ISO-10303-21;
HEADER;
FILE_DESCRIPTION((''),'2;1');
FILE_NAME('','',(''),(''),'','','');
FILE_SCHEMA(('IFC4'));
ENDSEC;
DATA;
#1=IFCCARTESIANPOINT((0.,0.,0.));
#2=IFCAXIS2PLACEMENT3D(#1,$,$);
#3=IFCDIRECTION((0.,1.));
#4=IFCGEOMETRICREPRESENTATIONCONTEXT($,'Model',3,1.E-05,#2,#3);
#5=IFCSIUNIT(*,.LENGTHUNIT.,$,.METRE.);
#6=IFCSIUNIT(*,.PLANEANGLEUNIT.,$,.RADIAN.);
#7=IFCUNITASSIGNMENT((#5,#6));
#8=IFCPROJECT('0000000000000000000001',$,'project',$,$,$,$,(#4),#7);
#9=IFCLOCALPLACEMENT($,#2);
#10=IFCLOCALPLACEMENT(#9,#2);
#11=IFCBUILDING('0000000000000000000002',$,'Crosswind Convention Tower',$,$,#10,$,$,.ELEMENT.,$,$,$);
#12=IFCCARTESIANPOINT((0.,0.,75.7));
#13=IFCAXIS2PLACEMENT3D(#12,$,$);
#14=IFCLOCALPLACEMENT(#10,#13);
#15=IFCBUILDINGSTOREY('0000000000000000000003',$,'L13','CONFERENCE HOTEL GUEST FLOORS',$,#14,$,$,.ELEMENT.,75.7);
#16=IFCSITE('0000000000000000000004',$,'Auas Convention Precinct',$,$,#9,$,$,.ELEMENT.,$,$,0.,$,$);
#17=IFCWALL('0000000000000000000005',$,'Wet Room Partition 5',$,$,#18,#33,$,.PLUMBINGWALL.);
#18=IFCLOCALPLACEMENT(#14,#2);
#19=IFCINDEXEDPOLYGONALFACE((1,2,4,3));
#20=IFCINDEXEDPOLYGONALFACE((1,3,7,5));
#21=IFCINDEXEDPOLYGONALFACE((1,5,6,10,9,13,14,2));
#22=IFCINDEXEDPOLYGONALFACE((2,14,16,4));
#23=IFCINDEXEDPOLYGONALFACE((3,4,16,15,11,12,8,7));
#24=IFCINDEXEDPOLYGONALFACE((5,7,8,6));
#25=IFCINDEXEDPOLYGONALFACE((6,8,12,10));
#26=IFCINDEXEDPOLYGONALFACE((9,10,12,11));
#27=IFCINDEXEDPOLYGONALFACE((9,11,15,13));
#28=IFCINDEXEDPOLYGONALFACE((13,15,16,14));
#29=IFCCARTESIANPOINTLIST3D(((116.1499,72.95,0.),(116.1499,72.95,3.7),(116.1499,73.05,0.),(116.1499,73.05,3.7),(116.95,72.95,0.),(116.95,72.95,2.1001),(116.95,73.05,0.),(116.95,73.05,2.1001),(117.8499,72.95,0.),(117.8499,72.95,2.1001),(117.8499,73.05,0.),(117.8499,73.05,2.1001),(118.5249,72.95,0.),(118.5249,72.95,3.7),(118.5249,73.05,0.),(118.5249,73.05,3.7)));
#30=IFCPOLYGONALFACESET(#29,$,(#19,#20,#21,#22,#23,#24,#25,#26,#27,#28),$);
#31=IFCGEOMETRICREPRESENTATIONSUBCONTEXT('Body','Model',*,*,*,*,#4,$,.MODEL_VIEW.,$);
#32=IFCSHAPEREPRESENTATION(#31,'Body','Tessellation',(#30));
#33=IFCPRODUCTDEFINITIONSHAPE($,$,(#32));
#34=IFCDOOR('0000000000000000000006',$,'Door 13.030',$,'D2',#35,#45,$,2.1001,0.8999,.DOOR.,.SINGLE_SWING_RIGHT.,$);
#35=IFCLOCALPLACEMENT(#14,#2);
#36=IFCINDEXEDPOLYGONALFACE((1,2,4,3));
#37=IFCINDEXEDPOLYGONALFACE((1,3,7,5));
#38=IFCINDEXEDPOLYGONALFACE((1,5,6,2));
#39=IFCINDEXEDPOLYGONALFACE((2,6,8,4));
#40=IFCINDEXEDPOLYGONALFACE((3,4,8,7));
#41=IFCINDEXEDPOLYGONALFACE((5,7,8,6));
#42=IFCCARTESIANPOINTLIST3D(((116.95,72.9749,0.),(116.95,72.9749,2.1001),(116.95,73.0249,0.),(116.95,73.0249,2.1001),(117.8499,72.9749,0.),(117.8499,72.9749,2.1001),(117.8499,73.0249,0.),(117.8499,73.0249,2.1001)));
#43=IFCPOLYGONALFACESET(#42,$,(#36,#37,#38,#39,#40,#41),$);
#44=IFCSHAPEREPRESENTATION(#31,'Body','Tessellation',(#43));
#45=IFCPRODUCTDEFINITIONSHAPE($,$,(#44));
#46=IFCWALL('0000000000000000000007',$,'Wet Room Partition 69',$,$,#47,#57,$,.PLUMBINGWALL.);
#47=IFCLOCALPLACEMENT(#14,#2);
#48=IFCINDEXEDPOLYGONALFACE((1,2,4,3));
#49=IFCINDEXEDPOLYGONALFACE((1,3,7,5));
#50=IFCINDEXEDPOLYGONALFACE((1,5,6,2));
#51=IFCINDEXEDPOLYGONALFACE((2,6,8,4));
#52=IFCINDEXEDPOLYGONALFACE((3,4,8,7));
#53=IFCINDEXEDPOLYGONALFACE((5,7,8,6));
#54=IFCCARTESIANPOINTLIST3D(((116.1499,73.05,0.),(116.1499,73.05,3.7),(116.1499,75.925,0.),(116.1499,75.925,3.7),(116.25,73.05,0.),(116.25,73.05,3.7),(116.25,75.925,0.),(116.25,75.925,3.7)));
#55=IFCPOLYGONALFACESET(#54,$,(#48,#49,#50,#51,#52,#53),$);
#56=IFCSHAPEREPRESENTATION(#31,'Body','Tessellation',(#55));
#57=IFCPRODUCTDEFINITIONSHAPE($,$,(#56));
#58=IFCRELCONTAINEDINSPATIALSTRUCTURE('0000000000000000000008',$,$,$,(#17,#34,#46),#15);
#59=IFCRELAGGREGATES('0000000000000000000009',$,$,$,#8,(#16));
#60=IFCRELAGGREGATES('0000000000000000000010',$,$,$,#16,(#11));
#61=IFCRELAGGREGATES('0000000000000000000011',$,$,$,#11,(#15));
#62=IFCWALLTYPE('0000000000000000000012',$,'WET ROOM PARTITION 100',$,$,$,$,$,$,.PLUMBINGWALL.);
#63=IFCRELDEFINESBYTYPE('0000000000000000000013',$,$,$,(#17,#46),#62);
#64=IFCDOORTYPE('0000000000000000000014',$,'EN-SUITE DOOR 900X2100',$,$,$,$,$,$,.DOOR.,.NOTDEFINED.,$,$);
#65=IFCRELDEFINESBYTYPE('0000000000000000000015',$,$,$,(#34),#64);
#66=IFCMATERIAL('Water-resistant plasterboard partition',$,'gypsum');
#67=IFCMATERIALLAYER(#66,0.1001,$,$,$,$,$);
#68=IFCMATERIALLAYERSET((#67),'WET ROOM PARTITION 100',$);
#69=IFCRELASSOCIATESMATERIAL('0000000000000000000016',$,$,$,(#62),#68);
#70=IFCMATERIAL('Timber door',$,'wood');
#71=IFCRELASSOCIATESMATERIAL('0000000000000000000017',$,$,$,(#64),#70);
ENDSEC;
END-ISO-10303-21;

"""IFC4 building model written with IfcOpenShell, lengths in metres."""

from ifc_helpers import new_model, si_unit, direction, frame, frame_2d, origin, place, context, subcontext, project, spatial, rectangle, extrude, material, layer, layer_set, type_object, element, fill, save


model = new_model("IFC4")

# Units and contexts
model_context = context("Model", 3, precision=1e-05, world=origin(), true_north=direction((0.0, 1.0)))
body_context = subcontext(model_context, "Body", "Model", "MODEL_VIEW")
ifc_project = project(units=[si_unit("LENGTHUNIT", "METRE"), si_unit("PLANEANGLEUNIT", "RADIAN")], contexts=[model_context])

# Site, building, storey
site_placement = place(None, origin())
site = spatial("IfcSite", under=ifc_project, at=site_placement, Name="Auas Convention Precinct", CompositionType="ELEMENT", RefElevation=0.0)
building_placement = place(site_placement, origin())
building = spatial("IfcBuilding", under=site, at=building_placement, Name="Crosswind Convention Tower", CompositionType="ELEMENT")
storey_placement = place(building_placement, frame((0.0, 0.0, 75.7)))
storey = spatial("IfcBuildingStorey", under=building, at=storey_placement, Name="L13", Description="CONFERENCE HOTEL GUEST FLOORS", CompositionType="ELEMENT", Elevation=75.7)

# Wall, opening, door
ifc_material_1 = material(Name="Water-resistant plasterboard partition", Category="gypsum")
ifc_layer_1 = layer(ifc_material_1, 0.1001)
ifc_layer_set_1 = layer_set([ifc_layer_1], Name="WET ROOM PARTITION 100")
wall_type_1 = type_object("IfcWallType", Name="WET ROOM PARTITION 100", PredefinedType="PLUMBINGWALL", material=ifc_layer_set_1)
ifc_material_2 = material(Name="Timber door", Category="wood")
door_type_1 = type_object("IfcDoorType", Name="EN-SUITE DOOR 900X2100", OperationType="NOTDEFINED", PredefinedType="DOOR", material=ifc_material_2)
wall_1_placement = place(storey_placement, frame((116.1499, 73.0, 0.0), z_axis=(0.0, 0.0, 1.0), x_axis=(1.0, 0.0, 0.0)))
wall_1 = element("IfcWall", 1, at=wall_1_placement, inside=storey, type_object=wall_type_1, Name="Wet Room Partition 5", PredefinedType="PLUMBINGWALL", context=body_context, shape_type="SweptSolid", body=[
    extrude(rectangle(XDim=2.375, YDim=0.1001, at=frame_2d((1.1875, 0.0))), origin(), (0.0, 0.0, 1.0), 3.7),
])
opening_1_placement = place(wall_1_placement, frame((0.8, 0.0, 0.0)))
opening_1 = element("IfcOpeningElement", 2, at=opening_1_placement, cuts=wall_1, PredefinedType="OPENING", context=body_context, shape_type="SweptSolid", body=[
    extrude(rectangle(XDim=0.8999, YDim=2.1001, at=frame_2d((0.45, 1.05))), frame((0.0, 0.0601, 0.0), z_axis=(0.0, -1.0, 0.0), x_axis=(1.0, 0.0, 0.0)), (0.0, 0.0, 1.0), 0.1201),
])
door_1_placement = place(opening_1_placement, origin())
door_1 = element("IfcDoor", 3, at=door_1_placement, inside=storey, type_object=door_type_1, Name="Door 13.030", ObjectType="D2", OperationType="SINGLE_SWING_RIGHT", OverallHeight=2.1001, OverallWidth=0.8999, PredefinedType="DOOR", context=body_context, shape_type="SweptSolid", body=[
    extrude(rectangle(XDim=0.8999, YDim=2.1001, at=frame_2d((0.45, 1.05))), frame((0.0, 0.0249, 0.0), z_axis=(0.0, -1.0, 0.0), x_axis=(1.0, 0.0, 0.0)), (0.0, 0.0, 1.0), 0.05),
])
fill(opening_1, door_1)

# Wall
wall_2_placement = place(storey_placement, frame((116.2, 73.05, 0.0), z_axis=(0.0, 0.0, 1.0), x_axis=(0.0, 1.0, 0.0)))
element("IfcWall", 4, at=wall_2_placement, inside=storey, type_object=wall_type_1, Name="Wet Room Partition 69", PredefinedType="PLUMBINGWALL", context=body_context, shape_type="SweptSolid", body=[
    extrude(rectangle(XDim=2.875, YDim=0.1001, at=frame_2d((1.4375, 0.0))), origin(), (0.0, 0.0, 1.0), 3.7),
])

save(model, "model.ifc")
